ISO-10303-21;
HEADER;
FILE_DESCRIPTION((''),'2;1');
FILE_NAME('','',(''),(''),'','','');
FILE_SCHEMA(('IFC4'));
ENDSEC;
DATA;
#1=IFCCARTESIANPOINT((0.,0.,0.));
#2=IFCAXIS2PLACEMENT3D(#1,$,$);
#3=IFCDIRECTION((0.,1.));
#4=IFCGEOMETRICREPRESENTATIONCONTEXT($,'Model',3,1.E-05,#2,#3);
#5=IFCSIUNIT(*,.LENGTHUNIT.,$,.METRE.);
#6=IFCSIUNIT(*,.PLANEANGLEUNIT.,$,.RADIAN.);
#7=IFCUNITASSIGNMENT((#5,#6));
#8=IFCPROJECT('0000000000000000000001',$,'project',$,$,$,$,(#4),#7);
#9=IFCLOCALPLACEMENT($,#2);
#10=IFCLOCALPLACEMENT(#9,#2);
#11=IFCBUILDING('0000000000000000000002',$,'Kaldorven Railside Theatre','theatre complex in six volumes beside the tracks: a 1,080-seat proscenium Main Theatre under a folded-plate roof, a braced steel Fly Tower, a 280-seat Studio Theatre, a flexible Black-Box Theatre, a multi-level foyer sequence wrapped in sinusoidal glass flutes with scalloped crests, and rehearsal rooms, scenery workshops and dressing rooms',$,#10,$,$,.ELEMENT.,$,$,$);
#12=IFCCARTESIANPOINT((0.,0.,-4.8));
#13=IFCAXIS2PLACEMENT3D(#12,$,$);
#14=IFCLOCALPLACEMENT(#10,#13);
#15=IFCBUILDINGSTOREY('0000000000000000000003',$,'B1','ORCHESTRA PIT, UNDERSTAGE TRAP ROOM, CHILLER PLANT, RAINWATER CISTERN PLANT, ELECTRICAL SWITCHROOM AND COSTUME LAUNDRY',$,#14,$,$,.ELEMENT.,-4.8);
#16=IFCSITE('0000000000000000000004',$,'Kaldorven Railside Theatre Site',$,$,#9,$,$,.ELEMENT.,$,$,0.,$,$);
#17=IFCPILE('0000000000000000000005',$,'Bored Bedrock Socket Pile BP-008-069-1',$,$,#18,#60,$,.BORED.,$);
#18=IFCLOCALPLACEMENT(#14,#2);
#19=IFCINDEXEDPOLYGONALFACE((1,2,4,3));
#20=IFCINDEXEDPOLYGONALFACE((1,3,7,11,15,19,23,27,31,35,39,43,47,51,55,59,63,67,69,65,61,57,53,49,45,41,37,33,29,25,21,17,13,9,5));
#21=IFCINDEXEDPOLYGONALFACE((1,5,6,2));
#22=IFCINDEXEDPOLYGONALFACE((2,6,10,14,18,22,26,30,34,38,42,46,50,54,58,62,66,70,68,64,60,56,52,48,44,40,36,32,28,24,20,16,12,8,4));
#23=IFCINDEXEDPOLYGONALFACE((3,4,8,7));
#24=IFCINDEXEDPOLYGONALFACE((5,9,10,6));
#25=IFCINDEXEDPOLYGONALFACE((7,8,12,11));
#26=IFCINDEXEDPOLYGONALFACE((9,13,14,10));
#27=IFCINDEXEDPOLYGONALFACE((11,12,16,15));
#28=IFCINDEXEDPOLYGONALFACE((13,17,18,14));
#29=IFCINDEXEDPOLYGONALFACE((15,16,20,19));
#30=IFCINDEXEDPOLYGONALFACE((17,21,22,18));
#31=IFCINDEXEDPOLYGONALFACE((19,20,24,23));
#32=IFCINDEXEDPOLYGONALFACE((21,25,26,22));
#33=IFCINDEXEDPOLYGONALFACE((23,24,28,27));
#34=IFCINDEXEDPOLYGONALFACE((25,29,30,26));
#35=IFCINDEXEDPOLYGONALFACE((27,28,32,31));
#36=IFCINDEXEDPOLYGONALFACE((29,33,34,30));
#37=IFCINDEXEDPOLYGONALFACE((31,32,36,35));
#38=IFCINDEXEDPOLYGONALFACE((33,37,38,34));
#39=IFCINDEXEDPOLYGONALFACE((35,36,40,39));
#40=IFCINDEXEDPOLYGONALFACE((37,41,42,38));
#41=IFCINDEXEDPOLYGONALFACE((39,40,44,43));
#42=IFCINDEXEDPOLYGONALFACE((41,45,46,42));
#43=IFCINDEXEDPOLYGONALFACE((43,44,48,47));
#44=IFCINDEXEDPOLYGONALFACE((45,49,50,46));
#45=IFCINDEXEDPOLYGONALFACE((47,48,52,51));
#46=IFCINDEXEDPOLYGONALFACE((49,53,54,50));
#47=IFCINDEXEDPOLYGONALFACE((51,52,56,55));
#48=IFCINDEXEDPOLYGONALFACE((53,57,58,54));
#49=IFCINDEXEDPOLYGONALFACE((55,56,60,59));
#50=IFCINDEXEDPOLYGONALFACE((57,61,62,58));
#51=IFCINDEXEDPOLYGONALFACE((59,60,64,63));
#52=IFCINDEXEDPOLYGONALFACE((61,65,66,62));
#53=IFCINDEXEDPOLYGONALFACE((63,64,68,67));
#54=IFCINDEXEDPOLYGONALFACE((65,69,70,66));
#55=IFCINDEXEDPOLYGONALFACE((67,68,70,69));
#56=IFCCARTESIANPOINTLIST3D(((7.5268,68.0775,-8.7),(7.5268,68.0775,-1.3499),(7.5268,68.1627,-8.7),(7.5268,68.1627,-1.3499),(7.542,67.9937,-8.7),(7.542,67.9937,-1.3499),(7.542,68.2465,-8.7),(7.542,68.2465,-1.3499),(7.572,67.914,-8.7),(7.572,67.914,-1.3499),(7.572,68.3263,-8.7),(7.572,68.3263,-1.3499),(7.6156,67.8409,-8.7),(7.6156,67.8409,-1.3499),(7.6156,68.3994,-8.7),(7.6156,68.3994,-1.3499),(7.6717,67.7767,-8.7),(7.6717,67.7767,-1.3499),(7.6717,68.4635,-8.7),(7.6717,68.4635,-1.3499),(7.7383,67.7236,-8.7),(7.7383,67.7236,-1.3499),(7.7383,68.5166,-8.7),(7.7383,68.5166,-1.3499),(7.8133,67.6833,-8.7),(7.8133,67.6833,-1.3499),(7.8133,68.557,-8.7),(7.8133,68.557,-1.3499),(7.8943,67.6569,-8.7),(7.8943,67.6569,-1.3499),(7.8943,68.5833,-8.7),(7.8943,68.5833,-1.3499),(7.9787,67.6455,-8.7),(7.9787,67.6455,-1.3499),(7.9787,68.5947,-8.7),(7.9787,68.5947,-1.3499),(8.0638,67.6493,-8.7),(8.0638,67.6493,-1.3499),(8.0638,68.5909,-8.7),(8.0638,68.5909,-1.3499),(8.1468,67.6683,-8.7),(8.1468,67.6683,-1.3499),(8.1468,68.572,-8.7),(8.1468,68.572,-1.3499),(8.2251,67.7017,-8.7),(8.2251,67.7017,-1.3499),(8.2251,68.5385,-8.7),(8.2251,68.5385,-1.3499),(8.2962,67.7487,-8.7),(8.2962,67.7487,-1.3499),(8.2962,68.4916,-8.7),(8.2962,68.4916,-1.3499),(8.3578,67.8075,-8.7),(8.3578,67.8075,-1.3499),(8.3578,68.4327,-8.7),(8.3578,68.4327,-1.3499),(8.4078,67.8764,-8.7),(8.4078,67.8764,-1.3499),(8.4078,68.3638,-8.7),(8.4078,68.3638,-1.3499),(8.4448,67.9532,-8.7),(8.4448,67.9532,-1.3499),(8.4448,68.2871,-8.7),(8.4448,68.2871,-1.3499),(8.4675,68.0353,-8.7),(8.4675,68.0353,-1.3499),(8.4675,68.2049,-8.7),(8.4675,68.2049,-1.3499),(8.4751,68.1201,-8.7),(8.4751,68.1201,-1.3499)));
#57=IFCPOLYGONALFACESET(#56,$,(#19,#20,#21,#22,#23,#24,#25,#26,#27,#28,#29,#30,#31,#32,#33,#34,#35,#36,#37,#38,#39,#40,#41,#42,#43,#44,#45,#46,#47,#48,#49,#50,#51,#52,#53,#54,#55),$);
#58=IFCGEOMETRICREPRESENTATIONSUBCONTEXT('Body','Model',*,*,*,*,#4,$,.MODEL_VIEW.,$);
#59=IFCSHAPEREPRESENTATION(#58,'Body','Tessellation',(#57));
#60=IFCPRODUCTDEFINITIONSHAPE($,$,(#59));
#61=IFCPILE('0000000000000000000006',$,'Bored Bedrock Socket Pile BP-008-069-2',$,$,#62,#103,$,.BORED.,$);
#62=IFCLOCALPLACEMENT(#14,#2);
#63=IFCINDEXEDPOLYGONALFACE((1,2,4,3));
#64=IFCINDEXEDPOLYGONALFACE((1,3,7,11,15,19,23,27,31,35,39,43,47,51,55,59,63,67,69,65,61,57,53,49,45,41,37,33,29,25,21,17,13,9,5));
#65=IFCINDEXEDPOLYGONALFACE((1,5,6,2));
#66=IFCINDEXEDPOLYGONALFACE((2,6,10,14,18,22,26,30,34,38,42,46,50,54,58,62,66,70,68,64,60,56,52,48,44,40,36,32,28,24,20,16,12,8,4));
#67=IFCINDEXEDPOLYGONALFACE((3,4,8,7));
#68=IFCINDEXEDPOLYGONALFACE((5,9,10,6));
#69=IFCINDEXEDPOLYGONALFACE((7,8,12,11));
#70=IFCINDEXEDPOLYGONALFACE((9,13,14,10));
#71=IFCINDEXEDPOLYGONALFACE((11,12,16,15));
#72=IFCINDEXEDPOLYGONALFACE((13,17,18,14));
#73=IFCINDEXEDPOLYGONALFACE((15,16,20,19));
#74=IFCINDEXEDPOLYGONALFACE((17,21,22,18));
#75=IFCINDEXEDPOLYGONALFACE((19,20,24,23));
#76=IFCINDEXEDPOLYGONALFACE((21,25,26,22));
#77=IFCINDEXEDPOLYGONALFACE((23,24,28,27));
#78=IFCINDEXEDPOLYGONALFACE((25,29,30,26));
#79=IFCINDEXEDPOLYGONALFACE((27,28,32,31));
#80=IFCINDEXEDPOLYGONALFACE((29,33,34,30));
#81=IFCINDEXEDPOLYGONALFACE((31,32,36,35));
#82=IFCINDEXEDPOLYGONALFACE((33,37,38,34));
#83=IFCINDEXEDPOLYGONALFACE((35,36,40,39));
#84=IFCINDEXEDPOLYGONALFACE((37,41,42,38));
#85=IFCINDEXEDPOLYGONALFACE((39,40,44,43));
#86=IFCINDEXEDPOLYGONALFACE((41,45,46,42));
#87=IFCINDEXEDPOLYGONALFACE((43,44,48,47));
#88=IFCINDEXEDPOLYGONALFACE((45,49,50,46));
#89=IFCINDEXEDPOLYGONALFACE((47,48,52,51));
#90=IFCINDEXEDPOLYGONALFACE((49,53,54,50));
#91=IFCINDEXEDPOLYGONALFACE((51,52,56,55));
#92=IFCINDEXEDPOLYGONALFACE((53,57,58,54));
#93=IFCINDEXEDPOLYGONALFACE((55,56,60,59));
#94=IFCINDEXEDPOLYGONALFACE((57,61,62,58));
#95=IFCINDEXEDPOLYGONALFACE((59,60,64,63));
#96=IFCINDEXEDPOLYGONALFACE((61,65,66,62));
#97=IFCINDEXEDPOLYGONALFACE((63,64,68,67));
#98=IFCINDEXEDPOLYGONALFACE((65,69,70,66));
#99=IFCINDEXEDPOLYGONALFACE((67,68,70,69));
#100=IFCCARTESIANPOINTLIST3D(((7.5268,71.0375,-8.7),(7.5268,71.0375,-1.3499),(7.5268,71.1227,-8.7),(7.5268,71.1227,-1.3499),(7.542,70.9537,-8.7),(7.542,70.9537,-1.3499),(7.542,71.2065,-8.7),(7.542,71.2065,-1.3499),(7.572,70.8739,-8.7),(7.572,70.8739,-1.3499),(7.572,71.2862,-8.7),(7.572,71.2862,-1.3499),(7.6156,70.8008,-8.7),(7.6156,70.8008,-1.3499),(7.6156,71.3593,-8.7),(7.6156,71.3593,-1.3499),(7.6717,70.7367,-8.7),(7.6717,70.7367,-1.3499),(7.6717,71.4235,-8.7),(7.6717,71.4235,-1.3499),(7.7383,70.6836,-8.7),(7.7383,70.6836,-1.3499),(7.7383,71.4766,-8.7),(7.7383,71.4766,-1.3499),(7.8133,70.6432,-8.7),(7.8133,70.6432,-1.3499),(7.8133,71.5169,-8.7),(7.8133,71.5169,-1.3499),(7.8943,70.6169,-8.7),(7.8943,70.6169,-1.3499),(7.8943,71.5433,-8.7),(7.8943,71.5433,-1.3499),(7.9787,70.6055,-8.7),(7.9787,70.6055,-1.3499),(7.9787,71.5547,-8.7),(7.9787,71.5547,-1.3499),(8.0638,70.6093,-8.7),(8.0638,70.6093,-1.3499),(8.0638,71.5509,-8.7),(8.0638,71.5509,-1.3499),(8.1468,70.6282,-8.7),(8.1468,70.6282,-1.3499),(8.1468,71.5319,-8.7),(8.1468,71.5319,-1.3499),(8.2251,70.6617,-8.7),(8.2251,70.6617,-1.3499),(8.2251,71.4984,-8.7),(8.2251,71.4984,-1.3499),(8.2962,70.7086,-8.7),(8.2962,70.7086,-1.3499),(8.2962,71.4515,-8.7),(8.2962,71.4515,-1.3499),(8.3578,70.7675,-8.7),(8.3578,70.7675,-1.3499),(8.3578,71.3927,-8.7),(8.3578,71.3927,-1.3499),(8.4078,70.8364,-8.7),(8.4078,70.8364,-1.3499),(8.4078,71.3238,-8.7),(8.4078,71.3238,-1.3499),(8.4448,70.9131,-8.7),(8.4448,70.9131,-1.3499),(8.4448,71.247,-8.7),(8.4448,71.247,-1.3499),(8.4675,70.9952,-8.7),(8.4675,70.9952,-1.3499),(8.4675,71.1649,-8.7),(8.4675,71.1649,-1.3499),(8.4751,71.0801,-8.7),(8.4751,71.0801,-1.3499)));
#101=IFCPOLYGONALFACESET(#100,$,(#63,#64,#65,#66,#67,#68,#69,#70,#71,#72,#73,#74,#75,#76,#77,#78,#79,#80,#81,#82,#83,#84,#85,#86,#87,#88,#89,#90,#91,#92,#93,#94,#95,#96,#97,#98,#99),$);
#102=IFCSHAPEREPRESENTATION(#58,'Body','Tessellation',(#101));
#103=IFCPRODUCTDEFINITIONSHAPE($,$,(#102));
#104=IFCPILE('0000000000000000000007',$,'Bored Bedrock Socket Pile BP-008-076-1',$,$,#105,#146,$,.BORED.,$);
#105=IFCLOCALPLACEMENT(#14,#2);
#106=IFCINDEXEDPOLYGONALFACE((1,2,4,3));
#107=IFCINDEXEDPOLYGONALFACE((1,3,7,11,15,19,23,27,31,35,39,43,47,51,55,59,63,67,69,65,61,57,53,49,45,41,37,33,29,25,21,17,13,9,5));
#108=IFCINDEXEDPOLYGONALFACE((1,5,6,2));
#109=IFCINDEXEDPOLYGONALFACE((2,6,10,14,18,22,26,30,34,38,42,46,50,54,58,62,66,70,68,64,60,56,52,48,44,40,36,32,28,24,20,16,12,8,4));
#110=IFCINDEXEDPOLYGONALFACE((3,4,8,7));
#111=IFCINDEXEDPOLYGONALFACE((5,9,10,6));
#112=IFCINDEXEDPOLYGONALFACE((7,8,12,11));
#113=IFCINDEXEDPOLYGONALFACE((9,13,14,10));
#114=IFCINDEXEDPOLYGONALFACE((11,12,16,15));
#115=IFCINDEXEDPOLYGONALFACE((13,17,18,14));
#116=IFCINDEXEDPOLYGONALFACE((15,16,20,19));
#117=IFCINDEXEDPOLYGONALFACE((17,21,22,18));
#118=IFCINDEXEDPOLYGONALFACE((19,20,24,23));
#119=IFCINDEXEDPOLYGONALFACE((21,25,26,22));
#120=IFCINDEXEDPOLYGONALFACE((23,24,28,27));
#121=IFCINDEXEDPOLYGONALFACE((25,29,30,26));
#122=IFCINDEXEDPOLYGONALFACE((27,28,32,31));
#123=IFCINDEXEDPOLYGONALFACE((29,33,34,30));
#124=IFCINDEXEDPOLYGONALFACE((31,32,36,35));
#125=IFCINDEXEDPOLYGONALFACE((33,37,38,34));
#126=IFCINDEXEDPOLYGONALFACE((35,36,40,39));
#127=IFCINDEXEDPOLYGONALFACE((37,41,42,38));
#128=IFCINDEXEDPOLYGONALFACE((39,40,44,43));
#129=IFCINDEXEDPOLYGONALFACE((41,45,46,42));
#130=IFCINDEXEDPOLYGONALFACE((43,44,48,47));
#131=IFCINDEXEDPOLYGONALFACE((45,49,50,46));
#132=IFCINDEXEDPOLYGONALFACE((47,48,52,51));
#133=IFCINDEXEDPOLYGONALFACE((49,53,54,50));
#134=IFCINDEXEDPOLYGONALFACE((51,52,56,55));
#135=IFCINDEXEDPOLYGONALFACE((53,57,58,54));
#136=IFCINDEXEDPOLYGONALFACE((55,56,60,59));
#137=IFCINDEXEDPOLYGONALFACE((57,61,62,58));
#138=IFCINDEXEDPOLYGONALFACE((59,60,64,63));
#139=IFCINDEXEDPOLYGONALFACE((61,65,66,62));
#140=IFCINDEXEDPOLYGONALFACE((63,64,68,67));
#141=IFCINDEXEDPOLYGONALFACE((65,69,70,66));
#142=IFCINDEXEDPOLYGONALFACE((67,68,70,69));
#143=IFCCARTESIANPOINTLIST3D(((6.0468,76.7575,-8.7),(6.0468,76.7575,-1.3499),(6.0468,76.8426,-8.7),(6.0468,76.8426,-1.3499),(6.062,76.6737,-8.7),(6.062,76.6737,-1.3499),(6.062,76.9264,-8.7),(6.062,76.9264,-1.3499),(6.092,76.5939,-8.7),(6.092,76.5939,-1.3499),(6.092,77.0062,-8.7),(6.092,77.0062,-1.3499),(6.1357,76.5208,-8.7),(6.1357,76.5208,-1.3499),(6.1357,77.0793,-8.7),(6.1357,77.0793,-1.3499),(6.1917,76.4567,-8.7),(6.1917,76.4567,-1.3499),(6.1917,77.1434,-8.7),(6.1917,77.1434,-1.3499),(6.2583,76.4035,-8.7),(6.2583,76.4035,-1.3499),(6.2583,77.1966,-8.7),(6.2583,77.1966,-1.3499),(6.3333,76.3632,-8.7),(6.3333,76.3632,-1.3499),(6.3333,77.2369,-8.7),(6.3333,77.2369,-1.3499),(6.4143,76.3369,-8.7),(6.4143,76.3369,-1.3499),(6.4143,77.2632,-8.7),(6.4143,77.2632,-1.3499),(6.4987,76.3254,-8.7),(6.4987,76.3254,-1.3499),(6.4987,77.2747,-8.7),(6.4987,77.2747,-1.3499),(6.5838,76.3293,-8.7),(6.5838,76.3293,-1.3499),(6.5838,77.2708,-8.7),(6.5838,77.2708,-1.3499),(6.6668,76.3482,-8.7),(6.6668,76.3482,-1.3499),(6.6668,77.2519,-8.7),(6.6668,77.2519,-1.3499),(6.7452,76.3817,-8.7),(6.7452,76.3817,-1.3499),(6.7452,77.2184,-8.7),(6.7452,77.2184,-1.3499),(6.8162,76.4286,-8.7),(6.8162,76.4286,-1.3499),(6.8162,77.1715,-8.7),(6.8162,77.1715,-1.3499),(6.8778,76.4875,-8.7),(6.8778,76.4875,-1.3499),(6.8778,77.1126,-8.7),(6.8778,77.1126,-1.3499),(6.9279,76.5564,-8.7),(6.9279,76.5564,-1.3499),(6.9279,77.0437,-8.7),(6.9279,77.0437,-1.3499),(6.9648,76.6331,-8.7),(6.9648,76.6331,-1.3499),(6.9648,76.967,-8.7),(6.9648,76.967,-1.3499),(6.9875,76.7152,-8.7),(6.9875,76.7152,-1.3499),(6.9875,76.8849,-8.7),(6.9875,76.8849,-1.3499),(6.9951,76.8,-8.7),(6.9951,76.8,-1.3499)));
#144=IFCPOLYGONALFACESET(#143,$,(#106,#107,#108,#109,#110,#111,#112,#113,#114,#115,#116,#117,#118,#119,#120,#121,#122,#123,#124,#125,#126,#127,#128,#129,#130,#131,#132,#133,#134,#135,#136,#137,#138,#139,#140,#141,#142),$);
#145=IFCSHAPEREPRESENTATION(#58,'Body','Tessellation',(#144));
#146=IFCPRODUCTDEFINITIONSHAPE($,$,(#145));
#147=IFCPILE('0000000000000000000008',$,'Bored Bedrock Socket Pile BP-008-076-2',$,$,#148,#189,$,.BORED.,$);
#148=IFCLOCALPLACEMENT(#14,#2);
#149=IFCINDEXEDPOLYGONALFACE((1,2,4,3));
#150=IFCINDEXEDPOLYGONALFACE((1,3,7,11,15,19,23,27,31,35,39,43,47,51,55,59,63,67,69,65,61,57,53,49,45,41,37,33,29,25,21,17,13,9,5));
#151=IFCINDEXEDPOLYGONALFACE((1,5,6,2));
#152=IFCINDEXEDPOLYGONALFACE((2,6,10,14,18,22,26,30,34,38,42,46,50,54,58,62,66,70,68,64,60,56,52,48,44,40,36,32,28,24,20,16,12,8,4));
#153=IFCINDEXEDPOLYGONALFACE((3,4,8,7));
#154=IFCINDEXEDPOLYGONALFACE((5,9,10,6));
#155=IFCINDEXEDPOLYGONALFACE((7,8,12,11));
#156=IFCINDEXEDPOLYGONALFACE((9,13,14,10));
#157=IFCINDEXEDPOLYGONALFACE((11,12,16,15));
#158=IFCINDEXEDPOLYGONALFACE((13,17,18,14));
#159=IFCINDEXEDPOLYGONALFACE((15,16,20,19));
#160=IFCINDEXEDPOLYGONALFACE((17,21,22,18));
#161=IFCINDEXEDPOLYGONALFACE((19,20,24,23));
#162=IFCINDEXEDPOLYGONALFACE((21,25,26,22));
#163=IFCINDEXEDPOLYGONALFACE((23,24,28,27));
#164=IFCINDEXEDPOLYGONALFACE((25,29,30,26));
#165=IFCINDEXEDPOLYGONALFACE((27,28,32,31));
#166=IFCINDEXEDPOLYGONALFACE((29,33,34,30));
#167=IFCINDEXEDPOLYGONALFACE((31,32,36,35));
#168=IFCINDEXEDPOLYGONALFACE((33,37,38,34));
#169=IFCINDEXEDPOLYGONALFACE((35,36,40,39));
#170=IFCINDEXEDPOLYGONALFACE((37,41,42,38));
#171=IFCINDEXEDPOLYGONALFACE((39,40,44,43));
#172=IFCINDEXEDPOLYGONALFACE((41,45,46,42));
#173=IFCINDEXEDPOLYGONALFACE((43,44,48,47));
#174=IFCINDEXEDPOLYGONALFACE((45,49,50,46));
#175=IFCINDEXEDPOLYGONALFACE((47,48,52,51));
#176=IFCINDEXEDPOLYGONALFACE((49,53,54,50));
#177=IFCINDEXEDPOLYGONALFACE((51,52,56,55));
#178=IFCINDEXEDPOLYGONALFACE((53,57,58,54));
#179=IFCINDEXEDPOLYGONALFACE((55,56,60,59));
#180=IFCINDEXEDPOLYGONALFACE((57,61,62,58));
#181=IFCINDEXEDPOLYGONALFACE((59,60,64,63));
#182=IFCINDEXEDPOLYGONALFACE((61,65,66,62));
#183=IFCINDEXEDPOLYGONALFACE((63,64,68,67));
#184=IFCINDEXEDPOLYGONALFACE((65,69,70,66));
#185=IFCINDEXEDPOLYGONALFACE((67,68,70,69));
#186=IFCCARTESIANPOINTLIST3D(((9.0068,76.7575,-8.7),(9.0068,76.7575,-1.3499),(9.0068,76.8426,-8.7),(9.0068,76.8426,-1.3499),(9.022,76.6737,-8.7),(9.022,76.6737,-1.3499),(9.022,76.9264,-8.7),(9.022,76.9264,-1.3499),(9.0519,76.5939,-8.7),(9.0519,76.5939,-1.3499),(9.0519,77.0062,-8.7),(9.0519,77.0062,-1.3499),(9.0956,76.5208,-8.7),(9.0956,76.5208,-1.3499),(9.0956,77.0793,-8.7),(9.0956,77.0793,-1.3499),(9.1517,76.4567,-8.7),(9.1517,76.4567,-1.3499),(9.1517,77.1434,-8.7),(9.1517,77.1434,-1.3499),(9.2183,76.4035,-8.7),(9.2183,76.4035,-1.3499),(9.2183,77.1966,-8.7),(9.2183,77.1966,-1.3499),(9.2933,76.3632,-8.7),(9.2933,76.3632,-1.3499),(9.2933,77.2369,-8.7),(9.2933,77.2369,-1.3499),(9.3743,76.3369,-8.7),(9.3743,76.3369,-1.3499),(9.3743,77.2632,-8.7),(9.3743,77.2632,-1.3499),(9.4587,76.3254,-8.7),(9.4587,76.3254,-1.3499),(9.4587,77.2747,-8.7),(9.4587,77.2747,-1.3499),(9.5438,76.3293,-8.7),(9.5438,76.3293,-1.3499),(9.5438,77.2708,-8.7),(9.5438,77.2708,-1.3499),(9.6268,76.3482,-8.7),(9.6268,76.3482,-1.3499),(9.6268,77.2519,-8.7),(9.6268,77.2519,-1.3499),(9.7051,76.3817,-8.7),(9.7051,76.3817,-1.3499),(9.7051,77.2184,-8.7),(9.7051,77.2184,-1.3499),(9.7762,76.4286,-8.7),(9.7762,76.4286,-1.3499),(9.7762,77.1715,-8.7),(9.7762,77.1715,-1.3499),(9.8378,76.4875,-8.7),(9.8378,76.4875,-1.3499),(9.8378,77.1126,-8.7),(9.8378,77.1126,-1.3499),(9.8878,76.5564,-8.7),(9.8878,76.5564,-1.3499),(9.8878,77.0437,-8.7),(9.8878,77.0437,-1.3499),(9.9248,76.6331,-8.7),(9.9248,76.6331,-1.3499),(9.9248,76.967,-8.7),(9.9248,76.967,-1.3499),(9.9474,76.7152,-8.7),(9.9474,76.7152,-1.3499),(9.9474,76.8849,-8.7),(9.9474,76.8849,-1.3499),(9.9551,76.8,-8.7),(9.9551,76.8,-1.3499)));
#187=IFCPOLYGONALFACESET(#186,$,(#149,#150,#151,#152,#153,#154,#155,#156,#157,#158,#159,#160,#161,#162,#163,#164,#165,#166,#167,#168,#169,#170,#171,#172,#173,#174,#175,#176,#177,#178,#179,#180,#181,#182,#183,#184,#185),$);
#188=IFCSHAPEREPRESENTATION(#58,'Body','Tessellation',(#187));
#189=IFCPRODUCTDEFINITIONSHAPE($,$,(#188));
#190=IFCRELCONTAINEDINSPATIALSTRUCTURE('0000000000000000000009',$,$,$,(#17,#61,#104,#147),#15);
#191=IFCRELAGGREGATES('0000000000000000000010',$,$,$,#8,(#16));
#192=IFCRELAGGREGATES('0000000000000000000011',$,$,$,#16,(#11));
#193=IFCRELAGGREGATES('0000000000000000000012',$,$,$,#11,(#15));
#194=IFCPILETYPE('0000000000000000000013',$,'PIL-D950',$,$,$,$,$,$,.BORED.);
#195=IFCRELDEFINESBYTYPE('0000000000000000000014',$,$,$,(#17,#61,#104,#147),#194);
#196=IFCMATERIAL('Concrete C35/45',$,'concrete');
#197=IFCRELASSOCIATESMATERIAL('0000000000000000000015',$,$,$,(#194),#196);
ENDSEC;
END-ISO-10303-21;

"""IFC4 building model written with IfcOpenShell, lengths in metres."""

from ifc_helpers import new_model, si_unit, direction, frame, origin, origin_2d, place, context, subcontext, project, spatial, circle, extrude, material, material_profile, profile_set, type_object, element, save


model = new_model("IFC4")

# Units and contexts
model_context = context("Model", 3, precision=1e-05, world=origin(), true_north=direction((0.0, 1.0)))
body_context = subcontext(model_context, "Body", "Model", "MODEL_VIEW")
ifc_project = project(units=[si_unit("LENGTHUNIT", "METRE"), si_unit("PLANEANGLEUNIT", "RADIAN")], contexts=[model_context])

# Site, building, storey
site_placement = place(None, origin())
site = spatial("IfcSite", under=ifc_project, at=site_placement, Name="Kaldorven Railside Theatre Site", CompositionType="ELEMENT", RefElevation=0.0)
building_placement = place(site_placement, origin())
building = spatial("IfcBuilding", under=site, at=building_placement, Name="Kaldorven Railside Theatre", Description="theatre complex in six volumes beside the tracks: a 1,080-seat proscenium Main Theatre under a folded-plate roof, a braced steel Fly Tower, a 280-seat Studio Theatre, a flexible Black-Box Theatre, a multi-level foyer sequence wrapped in sinusoidal glass flutes with scalloped crests, and rehearsal rooms, scenery workshops and dressing rooms", CompositionType="ELEMENT")
storey_placement = place(building_placement, frame((0.0, 0.0, -4.8)))
storey = spatial("IfcBuildingStorey", under=building, at=storey_placement, Name="B1", Description="ORCHESTRA PIT, UNDERSTAGE TRAP ROOM, CHILLER PLANT, RAINWATER CISTERN PLANT, ELECTRICAL SWITCHROOM AND COSTUME LAUNDRY", CompositionType="ELEMENT", Elevation=-4.8)

# Piles
ifc_material_1 = material(Name="Concrete C35/45", Category="concrete")
ifc_material_profile_1 = material_profile(ifc_material_1, circle(Radius=0.4751, at=origin_2d()), Name="BP D950")
ifc_profile_set_1 = profile_set([ifc_material_profile_1], Name="Concrete C35/45")
pile_type_1 = type_object("IfcPileType", Name="PIL-D950", PredefinedType="BORED", material=ifc_profile_set_1)
for number, where, z_axis, x_axis, name in (
    (1, (8.0, 68.1201, -1.3499), (0.0, 0.0, -1.0), (1.0, 0.0, 0.0), "Bored Bedrock Socket Pile BP-008-069-1"),
    (2, (8.0, 71.0801, -1.3499), (0.0, 0.0, -1.0), (1.0, 0.0, 0.0), "Bored Bedrock Socket Pile BP-008-069-2"),
    (3, (6.52, 76.8, -1.3499), (0.0, 0.0, -1.0), (1.0, 0.0, 0.0), "Bored Bedrock Socket Pile BP-008-076-1"),
    (4, (9.48, 76.8, -1.3499), (0.0, 0.0, -1.0), (1.0, 0.0, 0.0), "Bored Bedrock Socket Pile BP-008-076-2"),
):
    element("IfcPile", number, at=place(storey_placement, frame(where, z_axis=z_axis, x_axis=x_axis)), inside=storey, type_object=pile_type_1, Name=name, PredefinedType="BORED", context=body_context, shape_type="SweptSolid", body=[
        extrude(circle(Radius=0.4751, at=origin_2d()), origin(), (0.0, 0.0, 1.0), 7.3501),
    ])

save(model, "model.ifc")
